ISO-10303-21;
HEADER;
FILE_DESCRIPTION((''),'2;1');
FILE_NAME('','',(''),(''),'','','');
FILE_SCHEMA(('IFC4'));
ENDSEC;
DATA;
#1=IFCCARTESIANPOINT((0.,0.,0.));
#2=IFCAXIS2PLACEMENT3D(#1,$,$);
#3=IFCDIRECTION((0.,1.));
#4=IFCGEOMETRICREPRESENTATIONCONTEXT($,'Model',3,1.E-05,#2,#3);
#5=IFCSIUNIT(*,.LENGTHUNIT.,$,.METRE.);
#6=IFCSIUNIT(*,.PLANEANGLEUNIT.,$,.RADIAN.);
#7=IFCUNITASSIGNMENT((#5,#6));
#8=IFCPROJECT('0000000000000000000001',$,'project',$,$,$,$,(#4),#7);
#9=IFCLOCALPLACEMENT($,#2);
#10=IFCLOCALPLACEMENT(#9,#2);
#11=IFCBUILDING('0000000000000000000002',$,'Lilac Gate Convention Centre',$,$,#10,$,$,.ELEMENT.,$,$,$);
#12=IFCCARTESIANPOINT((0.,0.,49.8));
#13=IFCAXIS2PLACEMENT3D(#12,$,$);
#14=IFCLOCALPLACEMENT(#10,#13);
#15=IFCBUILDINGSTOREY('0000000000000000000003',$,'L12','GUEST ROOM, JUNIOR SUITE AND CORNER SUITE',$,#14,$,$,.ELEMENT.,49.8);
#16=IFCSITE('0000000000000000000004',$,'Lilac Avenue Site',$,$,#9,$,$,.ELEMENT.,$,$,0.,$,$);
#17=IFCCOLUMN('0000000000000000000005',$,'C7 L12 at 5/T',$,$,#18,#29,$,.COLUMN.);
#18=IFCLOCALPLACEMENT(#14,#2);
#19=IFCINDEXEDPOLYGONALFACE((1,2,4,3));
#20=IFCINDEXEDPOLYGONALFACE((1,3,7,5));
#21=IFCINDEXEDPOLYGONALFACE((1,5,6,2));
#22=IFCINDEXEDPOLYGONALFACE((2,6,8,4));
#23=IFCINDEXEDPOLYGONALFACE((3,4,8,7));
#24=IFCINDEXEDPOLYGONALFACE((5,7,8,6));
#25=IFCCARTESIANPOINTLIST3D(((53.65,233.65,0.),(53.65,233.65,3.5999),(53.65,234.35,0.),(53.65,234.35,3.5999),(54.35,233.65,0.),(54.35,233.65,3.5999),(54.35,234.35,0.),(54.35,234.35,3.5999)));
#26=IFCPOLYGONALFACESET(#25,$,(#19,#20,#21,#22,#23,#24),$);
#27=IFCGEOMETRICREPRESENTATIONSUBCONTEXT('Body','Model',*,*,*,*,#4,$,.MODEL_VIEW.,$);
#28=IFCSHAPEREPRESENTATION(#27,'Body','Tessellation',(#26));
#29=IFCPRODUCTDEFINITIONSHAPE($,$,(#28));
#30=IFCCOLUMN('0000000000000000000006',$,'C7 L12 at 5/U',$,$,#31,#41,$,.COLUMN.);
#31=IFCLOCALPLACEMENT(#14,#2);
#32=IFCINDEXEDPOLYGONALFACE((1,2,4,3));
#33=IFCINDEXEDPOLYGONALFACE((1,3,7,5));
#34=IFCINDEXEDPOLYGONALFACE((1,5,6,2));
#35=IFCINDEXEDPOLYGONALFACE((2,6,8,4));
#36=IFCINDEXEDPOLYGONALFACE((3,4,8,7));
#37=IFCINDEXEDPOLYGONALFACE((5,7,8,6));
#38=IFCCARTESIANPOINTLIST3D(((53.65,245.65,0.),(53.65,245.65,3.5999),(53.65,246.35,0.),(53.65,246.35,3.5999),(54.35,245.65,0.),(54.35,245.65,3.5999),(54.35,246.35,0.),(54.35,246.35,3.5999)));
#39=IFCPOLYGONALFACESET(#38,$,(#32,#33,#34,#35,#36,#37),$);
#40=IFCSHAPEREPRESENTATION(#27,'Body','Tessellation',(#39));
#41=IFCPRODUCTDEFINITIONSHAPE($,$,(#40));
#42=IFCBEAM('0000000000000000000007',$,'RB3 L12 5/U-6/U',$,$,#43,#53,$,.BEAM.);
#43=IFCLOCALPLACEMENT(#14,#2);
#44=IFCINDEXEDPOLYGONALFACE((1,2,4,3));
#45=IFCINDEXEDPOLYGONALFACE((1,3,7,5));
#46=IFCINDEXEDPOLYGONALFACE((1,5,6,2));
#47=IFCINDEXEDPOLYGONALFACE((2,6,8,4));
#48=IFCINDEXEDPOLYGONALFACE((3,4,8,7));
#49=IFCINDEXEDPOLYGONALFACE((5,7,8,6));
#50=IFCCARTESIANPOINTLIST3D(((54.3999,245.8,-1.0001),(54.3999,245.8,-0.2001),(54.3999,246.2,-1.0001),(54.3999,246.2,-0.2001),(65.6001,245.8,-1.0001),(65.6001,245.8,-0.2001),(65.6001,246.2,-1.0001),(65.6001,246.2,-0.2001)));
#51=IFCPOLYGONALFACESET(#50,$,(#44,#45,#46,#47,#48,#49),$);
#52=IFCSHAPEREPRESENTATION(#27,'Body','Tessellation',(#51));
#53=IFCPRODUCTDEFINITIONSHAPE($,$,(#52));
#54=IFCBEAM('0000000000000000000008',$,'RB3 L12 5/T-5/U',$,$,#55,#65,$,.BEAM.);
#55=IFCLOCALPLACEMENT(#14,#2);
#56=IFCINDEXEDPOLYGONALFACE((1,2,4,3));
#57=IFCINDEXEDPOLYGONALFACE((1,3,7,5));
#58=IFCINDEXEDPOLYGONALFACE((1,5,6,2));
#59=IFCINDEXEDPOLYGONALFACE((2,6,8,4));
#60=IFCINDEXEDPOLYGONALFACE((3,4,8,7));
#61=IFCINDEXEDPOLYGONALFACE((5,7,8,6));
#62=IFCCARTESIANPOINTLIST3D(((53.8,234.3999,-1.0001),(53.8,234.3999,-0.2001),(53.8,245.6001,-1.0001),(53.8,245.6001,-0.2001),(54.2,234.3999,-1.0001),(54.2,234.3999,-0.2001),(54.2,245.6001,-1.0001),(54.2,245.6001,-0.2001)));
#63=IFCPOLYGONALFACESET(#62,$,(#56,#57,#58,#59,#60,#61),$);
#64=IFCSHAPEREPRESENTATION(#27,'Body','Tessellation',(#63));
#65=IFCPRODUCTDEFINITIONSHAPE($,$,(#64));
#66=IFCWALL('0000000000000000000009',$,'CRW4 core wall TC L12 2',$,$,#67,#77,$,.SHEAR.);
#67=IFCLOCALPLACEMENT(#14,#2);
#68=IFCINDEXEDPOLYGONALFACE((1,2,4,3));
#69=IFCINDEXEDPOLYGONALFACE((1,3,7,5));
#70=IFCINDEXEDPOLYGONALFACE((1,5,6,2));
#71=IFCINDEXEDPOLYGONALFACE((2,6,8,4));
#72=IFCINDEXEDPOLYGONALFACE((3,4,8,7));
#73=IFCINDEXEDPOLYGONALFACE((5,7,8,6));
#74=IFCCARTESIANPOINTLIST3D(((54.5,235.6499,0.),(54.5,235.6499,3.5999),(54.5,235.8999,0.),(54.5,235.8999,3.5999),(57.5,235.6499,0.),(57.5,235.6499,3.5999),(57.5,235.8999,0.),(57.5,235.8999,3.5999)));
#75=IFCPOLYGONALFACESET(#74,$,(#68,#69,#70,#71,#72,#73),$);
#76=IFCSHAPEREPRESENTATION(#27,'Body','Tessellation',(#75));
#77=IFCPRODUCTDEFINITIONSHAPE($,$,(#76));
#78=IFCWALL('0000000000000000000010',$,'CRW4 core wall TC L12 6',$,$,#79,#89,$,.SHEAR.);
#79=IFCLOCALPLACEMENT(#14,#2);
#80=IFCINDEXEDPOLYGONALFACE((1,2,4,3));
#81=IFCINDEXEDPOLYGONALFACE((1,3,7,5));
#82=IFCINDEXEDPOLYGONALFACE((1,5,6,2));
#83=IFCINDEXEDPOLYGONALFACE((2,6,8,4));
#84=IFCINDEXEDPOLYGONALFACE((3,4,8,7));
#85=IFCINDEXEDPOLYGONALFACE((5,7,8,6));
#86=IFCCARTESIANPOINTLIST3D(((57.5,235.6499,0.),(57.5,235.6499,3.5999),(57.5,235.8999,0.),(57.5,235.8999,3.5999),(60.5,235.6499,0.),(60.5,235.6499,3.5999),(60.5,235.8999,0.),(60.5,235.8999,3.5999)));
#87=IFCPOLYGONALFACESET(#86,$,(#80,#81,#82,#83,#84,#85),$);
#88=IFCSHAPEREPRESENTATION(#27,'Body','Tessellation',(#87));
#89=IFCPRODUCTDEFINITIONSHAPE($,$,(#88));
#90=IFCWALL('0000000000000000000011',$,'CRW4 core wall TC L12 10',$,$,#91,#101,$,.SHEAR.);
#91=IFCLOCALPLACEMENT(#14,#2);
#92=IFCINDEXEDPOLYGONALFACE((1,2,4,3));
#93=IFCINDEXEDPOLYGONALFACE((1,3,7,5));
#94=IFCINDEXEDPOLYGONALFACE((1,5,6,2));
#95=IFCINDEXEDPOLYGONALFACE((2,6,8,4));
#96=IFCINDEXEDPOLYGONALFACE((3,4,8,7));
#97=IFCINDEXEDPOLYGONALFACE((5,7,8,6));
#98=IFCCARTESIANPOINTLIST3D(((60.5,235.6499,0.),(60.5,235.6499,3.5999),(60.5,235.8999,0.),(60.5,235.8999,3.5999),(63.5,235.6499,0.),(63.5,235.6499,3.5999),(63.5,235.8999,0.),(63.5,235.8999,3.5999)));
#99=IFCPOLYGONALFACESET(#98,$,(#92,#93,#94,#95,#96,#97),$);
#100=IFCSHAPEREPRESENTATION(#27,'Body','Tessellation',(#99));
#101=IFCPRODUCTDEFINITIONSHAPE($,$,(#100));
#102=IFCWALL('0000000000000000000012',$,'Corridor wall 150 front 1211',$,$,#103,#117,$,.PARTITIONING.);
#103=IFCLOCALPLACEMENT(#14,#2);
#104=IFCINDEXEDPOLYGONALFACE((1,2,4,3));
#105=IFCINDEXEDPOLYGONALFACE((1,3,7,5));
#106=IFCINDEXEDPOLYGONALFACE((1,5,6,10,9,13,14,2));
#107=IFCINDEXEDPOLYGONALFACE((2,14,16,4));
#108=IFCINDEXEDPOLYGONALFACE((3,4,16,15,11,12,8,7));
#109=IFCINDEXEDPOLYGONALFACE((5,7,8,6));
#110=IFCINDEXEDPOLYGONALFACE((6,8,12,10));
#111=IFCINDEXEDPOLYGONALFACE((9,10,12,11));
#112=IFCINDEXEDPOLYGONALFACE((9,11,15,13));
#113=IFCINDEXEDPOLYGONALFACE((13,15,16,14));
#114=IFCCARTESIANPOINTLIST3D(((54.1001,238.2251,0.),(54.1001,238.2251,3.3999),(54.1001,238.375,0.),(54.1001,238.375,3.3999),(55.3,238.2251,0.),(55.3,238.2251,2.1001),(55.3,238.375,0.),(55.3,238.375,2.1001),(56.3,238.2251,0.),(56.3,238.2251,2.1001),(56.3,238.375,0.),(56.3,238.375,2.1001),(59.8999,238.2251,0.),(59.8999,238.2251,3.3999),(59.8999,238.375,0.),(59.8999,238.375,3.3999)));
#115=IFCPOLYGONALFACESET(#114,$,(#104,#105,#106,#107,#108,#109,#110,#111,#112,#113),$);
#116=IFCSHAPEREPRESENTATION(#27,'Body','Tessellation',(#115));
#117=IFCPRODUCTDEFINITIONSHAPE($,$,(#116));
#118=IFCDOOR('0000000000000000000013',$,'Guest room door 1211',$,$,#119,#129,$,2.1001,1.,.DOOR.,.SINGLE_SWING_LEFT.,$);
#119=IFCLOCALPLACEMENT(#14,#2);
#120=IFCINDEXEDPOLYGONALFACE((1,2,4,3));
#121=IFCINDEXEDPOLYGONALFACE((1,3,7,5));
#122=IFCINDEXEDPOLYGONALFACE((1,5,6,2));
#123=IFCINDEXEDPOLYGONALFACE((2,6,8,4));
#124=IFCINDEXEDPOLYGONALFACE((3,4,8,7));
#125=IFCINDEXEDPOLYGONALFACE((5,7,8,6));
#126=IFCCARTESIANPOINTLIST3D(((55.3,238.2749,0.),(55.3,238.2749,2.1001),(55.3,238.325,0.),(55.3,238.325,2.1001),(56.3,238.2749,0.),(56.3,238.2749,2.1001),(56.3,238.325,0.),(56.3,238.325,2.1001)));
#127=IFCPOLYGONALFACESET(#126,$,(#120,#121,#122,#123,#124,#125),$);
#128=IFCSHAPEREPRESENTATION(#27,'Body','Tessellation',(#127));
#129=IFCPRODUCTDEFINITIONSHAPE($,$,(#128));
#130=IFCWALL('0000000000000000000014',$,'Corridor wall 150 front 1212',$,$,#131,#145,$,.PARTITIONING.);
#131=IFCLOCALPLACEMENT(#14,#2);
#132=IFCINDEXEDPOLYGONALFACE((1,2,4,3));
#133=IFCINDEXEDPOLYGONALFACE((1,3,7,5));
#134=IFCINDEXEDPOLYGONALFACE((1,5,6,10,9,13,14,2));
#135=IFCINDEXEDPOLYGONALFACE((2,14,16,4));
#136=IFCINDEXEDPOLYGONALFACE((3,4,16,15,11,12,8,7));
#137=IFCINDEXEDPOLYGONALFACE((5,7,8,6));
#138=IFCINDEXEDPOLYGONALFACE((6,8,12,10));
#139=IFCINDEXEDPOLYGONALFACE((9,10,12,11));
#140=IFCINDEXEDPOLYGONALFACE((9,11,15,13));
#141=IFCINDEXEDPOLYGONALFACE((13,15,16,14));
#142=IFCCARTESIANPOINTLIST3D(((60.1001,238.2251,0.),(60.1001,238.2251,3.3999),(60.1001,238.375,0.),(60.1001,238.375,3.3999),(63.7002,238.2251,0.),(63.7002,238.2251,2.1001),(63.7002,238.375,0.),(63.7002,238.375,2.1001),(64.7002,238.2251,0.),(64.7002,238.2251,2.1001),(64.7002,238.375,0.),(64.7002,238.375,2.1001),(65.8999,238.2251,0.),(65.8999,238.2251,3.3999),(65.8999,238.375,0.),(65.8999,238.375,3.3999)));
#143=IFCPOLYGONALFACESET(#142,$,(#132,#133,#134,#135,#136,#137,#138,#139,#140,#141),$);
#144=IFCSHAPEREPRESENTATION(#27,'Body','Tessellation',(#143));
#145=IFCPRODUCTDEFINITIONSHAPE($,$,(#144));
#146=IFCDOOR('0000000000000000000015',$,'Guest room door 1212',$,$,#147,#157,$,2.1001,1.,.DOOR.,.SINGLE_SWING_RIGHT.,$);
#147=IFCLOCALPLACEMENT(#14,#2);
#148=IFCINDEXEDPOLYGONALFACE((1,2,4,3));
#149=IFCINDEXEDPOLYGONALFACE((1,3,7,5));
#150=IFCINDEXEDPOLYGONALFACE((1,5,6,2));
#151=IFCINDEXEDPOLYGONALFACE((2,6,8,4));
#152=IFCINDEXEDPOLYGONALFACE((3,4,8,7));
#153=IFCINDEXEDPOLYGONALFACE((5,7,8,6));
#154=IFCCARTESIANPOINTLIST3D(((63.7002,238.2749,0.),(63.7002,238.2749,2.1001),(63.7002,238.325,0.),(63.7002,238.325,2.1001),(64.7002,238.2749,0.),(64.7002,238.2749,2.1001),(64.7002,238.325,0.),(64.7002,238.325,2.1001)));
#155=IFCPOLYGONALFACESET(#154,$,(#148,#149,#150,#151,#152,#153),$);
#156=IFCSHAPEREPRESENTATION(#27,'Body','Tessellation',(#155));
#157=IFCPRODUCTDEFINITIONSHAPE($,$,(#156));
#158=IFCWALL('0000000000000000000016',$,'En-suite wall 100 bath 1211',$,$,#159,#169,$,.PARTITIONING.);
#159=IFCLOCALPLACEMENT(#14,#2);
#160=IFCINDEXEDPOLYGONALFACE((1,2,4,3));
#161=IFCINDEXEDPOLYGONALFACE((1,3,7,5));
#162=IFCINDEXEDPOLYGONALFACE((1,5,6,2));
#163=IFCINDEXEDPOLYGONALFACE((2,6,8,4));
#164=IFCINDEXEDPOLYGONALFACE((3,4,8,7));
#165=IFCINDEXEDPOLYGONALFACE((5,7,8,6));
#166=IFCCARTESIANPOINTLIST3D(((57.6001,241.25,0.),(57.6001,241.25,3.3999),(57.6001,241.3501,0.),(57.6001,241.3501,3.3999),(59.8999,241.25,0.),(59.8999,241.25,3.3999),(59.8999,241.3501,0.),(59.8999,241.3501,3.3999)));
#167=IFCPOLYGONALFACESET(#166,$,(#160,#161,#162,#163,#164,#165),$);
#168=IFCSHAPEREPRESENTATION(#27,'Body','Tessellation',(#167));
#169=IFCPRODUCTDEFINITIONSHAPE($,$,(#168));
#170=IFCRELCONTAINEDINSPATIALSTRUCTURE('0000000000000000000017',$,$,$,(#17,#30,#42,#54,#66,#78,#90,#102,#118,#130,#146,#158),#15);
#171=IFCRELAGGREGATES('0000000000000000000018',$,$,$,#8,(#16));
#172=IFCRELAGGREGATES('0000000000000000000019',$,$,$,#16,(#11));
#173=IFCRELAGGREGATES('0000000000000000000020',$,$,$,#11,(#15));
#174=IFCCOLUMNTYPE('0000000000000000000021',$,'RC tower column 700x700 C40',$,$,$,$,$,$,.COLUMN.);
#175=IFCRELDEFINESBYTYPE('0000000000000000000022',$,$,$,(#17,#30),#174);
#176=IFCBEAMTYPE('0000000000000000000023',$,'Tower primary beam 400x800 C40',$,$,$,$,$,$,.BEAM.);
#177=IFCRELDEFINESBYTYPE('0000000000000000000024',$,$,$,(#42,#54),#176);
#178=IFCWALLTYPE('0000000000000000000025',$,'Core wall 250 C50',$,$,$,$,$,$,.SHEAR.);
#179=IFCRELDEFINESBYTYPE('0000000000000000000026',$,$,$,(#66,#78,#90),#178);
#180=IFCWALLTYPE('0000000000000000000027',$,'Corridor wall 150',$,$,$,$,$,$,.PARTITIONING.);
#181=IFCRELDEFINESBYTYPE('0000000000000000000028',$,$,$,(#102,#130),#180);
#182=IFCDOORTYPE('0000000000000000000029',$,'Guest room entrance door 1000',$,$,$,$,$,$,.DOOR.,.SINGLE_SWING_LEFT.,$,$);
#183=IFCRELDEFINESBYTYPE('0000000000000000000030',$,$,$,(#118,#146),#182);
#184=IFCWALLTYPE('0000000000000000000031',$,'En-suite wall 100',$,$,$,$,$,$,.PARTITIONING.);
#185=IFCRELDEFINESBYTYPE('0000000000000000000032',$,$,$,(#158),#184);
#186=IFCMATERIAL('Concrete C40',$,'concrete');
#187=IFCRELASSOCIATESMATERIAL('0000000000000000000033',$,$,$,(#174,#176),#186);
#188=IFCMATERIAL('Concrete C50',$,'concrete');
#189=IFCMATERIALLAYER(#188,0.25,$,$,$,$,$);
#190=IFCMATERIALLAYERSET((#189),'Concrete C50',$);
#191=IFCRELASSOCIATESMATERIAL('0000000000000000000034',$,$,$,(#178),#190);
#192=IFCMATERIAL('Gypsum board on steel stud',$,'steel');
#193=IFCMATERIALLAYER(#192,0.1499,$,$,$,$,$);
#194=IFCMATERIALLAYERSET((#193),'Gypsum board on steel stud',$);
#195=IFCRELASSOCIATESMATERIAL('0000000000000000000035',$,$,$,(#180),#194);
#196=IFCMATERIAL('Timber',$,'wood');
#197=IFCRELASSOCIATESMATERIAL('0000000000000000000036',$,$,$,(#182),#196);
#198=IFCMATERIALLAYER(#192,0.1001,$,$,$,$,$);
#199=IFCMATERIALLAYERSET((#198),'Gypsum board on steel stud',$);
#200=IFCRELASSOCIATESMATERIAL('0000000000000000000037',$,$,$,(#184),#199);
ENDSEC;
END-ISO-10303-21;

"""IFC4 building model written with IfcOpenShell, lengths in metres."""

from ifc_helpers import new_model, si_unit, direction, frame, frame_2d, origin, origin_2d, place, context, subcontext, project, spatial, rectangle, extrude, material, layer, layer_set, material_profile, profile_set, type_object, element, fill, save


model = new_model("IFC4")

# Units and contexts
model_context = context("Model", 3, precision=1e-05, world=origin(), true_north=direction((0.0, 1.0)))
body_context = subcontext(model_context, "Body", "Model", "MODEL_VIEW")
ifc_project = project(units=[si_unit("LENGTHUNIT", "METRE"), si_unit("PLANEANGLEUNIT", "RADIAN")], contexts=[model_context])

# Site, building, storey
site_placement = place(None, origin())
site = spatial("IfcSite", under=ifc_project, at=site_placement, Name="Lilac Avenue Site", CompositionType="ELEMENT", RefElevation=0.0)
building_placement = place(site_placement, origin())
building = spatial("IfcBuilding", under=site, at=building_placement, Name="Lilac Gate Convention Centre", CompositionType="ELEMENT")
storey_placement = place(building_placement, frame((0.0, 0.0, 49.8)))
storey = spatial("IfcBuildingStorey", under=building, at=storey_placement, Name="L12", Description="GUEST ROOM, JUNIOR SUITE AND CORNER SUITE", CompositionType="ELEMENT", Elevation=49.8)

# Columns
ifc_material_1 = material(Name="Concrete C40", Category="concrete")
ifc_material_profile_1 = material_profile(ifc_material_1, rectangle(XDim=0.7, YDim=0.7, at=origin_2d()), Name="RC 700x700")
ifc_profile_set_1 = profile_set([ifc_material_profile_1], Name="Concrete C40")
column_type = type_object("IfcColumnType", Name="RC tower column 700x700 C40", PredefinedType="COLUMN", material=ifc_profile_set_1)
for number, where, z_axis, x_axis, name in (
    (1, (54.0, 234.0, 0.0), (0.0, 0.0, 1.0), (1.0, 0.0, 0.0), "C7 L12 at 5/T"),
    (2, (54.0, 246.0, 0.0), (0.0, 0.0, 1.0), (1.0, 0.0, 0.0), "C7 L12 at 5/U"),
):
    element("IfcColumn", number, at=place(storey_placement, frame(where, z_axis=z_axis, x_axis=x_axis)), inside=storey, type_object=column_type, Name=name, PredefinedType="COLUMN", context=body_context, shape_type="SweptSolid", body=[
        extrude(rectangle(XDim=0.7, YDim=0.7, at=origin_2d()), origin(), (0.0, 0.0, 1.0), 3.5999),
    ])

# Beams
ifc_material_profile_2 = material_profile(ifc_material_1, rectangle(XDim=0.3999, YDim=0.8, at=origin_2d()), Name="RC 400x800")
ifc_profile_set_2 = profile_set([ifc_material_profile_2], Name="Concrete C40")
beam_type = type_object("IfcBeamType", Name="Tower primary beam 400x800 C40", PredefinedType="BEAM", material=ifc_profile_set_2)
for number, where, z_axis, x_axis, name in (
    (3, (54.3999, 246.0, -0.6001), (1.0, 0.0, 0.0), (0.0, 1.0, 0.0), "RB3 L12 5/U-6/U"),
    (4, (54.0, 234.3999, -0.6001), (0.0, 1.0, 0.0), (-1.0, 0.0, 0.0), "RB3 L12 5/T-5/U"),
):
    element("IfcBeam", number, at=place(storey_placement, frame(where, z_axis=z_axis, x_axis=x_axis)), inside=storey, type_object=beam_type, Name=name, PredefinedType="BEAM", context=body_context, shape_type="SweptSolid", body=[
        extrude(rectangle(XDim=0.3999, YDim=0.8, at=origin_2d()), origin(), (0.0, 0.0, 1.0), 11.2002),
    ])

# Walls
ifc_material_2 = material(Name="Concrete C50", Category="concrete")
ifc_layer_1 = layer(ifc_material_2, 0.25)
ifc_layer_set_1 = layer_set([ifc_layer_1], Name="Concrete C50")
wall_type_1 = type_object("IfcWallType", Name="Core wall 250 C50", PredefinedType="SHEAR", material=ifc_layer_set_1)
for number, where, z_axis, x_axis, name in (
    (5, (54.5, 235.7749, 0.0), (0.0, 0.0, 1.0), (1.0, 0.0, 0.0), "CRW4 core wall TC L12 2"),
    (6, (57.5, 235.7749, 0.0), (0.0, 0.0, 1.0), (1.0, 0.0, 0.0), "CRW4 core wall TC L12 6"),
    (7, (60.5, 235.7749, 0.0), (0.0, 0.0, 1.0), (1.0, 0.0, 0.0), "CRW4 core wall TC L12 10"),
):
    element("IfcWall", number, at=place(storey_placement, frame(where, z_axis=z_axis, x_axis=x_axis)), inside=storey, type_object=wall_type_1, Name=name, PredefinedType="SHEAR", context=body_context, shape_type="SweptSolid", body=[
        extrude(rectangle(XDim=3.0, YDim=0.25, at=frame_2d((1.5, 0.0))), origin(), (0.0, 0.0, 1.0), 3.5999),
    ])

# Walls, openings, doors
ifc_material_3 = material(Name="Gypsum board on steel stud", Category="steel")
ifc_layer_2 = layer(ifc_material_3, 0.1499)
ifc_layer_set_2 = layer_set([ifc_layer_2], Name="Gypsum board on steel stud")
wall_type_2 = type_object("IfcWallType", Name="Corridor wall 150", PredefinedType="PARTITIONING", material=ifc_layer_set_2)
wall_1_placement = place(storey_placement, frame((54.1001, 238.3, 0.0), z_axis=(0.0, 0.0, 1.0), x_axis=(1.0, 0.0, 0.0)))
wall_1 = element("IfcWall", 8, at=wall_1_placement, inside=storey, type_object=wall_type_2, Name="Corridor wall 150 front 1211", PredefinedType="PARTITIONING", context=body_context, shape_type="SweptSolid", body=[
    extrude(rectangle(XDim=5.7998, YDim=0.1499, at=frame_2d((2.8999, 0.0))), origin(), (0.0, 0.0, 1.0), 3.3999),
])
opening_1_placement = place(wall_1_placement, frame((1.2, 0.0, 0.0)))
opening_1 = element("IfcOpeningElement", 9, at=opening_1_placement, cuts=wall_1, PredefinedType="OPENING", context=body_context, shape_type="SweptSolid", body=[
    extrude(rectangle(XDim=1.0, YDim=2.1001, at=frame_2d((0.5, 1.05))), frame((0.0, 0.085, 0.0), z_axis=(0.0, -1.0, 0.0), x_axis=(1.0, 0.0, 0.0)), (0.0, 0.0, 1.0), 0.1699),
])
ifc_material_4 = material(Name="Timber", Category="wood")
door_type_1 = type_object("IfcDoorType", Name="Guest room entrance door 1000", OperationType="SINGLE_SWING_LEFT", PredefinedType="DOOR", material=ifc_material_4)
door_1_placement = place(opening_1_placement, origin())
door_1 = element("IfcDoor", 10, at=door_1_placement, inside=storey, type_object=door_type_1, Name="Guest room door 1211", OperationType="SINGLE_SWING_LEFT", OverallHeight=2.1001, OverallWidth=1.0, PredefinedType="DOOR", context=body_context, shape_type="SweptSolid", body=[
    extrude(rectangle(XDim=1.0, YDim=2.1001, at=frame_2d((0.5, 1.05))), frame((0.0, 0.0249, 0.0), z_axis=(0.0, -1.0, 0.0), x_axis=(1.0, 0.0, 0.0)), (0.0, 0.0, 1.0), 0.05),
])
fill(opening_1, door_1)
wall_2_placement = place(storey_placement, frame((60.1001, 238.3, 0.0), z_axis=(0.0, 0.0, 1.0), x_axis=(1.0, 0.0, 0.0)))
wall_2 = element("IfcWall", 11, at=wall_2_placement, inside=storey, type_object=wall_type_2, Name="Corridor wall 150 front 1212", PredefinedType="PARTITIONING", context=body_context, shape_type="SweptSolid", body=[
    extrude(rectangle(XDim=5.7998, YDim=0.1499, at=frame_2d((2.8999, 0.0))), origin(), (0.0, 0.0, 1.0), 3.3999),
])
opening_2_placement = place(wall_2_placement, frame((3.6001, 0.0, 0.0)))
opening_2 = element("IfcOpeningElement", 12, at=opening_2_placement, cuts=wall_2, PredefinedType="OPENING", context=body_context, shape_type="SweptSolid", body=[
    extrude(rectangle(XDim=1.0, YDim=2.1001, at=frame_2d((0.5, 1.05))), frame((0.0, 0.085, 0.0), z_axis=(0.0, -1.0, 0.0), x_axis=(1.0, 0.0, 0.0)), (0.0, 0.0, 1.0), 0.1699),
])
door_2_placement = place(opening_2_placement, origin())
door_2 = element("IfcDoor", 13, at=door_2_placement, inside=storey, type_object=door_type_1, Name="Guest room door 1212", OperationType="SINGLE_SWING_RIGHT", OverallHeight=2.1001, OverallWidth=1.0, PredefinedType="DOOR", context=body_context, shape_type="SweptSolid", body=[
    extrude(rectangle(XDim=1.0, YDim=2.1001, at=frame_2d((0.5, 1.05))), frame((0.0, 0.0249, 0.0), z_axis=(0.0, -1.0, 0.0), x_axis=(1.0, 0.0, 0.0)), (0.0, 0.0, 1.0), 0.05),
])
fill(opening_2, door_2)

# Wall
ifc_layer_3 = layer(ifc_material_3, 0.1001)
ifc_layer_set_3 = layer_set([ifc_layer_3], Name="Gypsum board on steel stud")
wall_type_3 = type_object("IfcWallType", Name="En-suite wall 100", PredefinedType="PARTITIONING", material=ifc_layer_set_3)
wall_3_placement = place(storey_placement, frame((57.6001, 241.3, 0.0), z_axis=(0.0, 0.0, 1.0), x_axis=(1.0, 0.0, 0.0)))
element("IfcWall", 14, at=wall_3_placement, inside=storey, type_object=wall_type_3, Name="En-suite wall 100 bath 1211", PredefinedType="PARTITIONING", context=body_context, shape_type="SweptSolid", body=[
    extrude(rectangle(XDim=2.2998, YDim=0.1001, at=frame_2d((1.1499, 0.0))), origin(), (0.0, 0.0, 1.0), 3.3999),
])

save(model, "model.ifc")
